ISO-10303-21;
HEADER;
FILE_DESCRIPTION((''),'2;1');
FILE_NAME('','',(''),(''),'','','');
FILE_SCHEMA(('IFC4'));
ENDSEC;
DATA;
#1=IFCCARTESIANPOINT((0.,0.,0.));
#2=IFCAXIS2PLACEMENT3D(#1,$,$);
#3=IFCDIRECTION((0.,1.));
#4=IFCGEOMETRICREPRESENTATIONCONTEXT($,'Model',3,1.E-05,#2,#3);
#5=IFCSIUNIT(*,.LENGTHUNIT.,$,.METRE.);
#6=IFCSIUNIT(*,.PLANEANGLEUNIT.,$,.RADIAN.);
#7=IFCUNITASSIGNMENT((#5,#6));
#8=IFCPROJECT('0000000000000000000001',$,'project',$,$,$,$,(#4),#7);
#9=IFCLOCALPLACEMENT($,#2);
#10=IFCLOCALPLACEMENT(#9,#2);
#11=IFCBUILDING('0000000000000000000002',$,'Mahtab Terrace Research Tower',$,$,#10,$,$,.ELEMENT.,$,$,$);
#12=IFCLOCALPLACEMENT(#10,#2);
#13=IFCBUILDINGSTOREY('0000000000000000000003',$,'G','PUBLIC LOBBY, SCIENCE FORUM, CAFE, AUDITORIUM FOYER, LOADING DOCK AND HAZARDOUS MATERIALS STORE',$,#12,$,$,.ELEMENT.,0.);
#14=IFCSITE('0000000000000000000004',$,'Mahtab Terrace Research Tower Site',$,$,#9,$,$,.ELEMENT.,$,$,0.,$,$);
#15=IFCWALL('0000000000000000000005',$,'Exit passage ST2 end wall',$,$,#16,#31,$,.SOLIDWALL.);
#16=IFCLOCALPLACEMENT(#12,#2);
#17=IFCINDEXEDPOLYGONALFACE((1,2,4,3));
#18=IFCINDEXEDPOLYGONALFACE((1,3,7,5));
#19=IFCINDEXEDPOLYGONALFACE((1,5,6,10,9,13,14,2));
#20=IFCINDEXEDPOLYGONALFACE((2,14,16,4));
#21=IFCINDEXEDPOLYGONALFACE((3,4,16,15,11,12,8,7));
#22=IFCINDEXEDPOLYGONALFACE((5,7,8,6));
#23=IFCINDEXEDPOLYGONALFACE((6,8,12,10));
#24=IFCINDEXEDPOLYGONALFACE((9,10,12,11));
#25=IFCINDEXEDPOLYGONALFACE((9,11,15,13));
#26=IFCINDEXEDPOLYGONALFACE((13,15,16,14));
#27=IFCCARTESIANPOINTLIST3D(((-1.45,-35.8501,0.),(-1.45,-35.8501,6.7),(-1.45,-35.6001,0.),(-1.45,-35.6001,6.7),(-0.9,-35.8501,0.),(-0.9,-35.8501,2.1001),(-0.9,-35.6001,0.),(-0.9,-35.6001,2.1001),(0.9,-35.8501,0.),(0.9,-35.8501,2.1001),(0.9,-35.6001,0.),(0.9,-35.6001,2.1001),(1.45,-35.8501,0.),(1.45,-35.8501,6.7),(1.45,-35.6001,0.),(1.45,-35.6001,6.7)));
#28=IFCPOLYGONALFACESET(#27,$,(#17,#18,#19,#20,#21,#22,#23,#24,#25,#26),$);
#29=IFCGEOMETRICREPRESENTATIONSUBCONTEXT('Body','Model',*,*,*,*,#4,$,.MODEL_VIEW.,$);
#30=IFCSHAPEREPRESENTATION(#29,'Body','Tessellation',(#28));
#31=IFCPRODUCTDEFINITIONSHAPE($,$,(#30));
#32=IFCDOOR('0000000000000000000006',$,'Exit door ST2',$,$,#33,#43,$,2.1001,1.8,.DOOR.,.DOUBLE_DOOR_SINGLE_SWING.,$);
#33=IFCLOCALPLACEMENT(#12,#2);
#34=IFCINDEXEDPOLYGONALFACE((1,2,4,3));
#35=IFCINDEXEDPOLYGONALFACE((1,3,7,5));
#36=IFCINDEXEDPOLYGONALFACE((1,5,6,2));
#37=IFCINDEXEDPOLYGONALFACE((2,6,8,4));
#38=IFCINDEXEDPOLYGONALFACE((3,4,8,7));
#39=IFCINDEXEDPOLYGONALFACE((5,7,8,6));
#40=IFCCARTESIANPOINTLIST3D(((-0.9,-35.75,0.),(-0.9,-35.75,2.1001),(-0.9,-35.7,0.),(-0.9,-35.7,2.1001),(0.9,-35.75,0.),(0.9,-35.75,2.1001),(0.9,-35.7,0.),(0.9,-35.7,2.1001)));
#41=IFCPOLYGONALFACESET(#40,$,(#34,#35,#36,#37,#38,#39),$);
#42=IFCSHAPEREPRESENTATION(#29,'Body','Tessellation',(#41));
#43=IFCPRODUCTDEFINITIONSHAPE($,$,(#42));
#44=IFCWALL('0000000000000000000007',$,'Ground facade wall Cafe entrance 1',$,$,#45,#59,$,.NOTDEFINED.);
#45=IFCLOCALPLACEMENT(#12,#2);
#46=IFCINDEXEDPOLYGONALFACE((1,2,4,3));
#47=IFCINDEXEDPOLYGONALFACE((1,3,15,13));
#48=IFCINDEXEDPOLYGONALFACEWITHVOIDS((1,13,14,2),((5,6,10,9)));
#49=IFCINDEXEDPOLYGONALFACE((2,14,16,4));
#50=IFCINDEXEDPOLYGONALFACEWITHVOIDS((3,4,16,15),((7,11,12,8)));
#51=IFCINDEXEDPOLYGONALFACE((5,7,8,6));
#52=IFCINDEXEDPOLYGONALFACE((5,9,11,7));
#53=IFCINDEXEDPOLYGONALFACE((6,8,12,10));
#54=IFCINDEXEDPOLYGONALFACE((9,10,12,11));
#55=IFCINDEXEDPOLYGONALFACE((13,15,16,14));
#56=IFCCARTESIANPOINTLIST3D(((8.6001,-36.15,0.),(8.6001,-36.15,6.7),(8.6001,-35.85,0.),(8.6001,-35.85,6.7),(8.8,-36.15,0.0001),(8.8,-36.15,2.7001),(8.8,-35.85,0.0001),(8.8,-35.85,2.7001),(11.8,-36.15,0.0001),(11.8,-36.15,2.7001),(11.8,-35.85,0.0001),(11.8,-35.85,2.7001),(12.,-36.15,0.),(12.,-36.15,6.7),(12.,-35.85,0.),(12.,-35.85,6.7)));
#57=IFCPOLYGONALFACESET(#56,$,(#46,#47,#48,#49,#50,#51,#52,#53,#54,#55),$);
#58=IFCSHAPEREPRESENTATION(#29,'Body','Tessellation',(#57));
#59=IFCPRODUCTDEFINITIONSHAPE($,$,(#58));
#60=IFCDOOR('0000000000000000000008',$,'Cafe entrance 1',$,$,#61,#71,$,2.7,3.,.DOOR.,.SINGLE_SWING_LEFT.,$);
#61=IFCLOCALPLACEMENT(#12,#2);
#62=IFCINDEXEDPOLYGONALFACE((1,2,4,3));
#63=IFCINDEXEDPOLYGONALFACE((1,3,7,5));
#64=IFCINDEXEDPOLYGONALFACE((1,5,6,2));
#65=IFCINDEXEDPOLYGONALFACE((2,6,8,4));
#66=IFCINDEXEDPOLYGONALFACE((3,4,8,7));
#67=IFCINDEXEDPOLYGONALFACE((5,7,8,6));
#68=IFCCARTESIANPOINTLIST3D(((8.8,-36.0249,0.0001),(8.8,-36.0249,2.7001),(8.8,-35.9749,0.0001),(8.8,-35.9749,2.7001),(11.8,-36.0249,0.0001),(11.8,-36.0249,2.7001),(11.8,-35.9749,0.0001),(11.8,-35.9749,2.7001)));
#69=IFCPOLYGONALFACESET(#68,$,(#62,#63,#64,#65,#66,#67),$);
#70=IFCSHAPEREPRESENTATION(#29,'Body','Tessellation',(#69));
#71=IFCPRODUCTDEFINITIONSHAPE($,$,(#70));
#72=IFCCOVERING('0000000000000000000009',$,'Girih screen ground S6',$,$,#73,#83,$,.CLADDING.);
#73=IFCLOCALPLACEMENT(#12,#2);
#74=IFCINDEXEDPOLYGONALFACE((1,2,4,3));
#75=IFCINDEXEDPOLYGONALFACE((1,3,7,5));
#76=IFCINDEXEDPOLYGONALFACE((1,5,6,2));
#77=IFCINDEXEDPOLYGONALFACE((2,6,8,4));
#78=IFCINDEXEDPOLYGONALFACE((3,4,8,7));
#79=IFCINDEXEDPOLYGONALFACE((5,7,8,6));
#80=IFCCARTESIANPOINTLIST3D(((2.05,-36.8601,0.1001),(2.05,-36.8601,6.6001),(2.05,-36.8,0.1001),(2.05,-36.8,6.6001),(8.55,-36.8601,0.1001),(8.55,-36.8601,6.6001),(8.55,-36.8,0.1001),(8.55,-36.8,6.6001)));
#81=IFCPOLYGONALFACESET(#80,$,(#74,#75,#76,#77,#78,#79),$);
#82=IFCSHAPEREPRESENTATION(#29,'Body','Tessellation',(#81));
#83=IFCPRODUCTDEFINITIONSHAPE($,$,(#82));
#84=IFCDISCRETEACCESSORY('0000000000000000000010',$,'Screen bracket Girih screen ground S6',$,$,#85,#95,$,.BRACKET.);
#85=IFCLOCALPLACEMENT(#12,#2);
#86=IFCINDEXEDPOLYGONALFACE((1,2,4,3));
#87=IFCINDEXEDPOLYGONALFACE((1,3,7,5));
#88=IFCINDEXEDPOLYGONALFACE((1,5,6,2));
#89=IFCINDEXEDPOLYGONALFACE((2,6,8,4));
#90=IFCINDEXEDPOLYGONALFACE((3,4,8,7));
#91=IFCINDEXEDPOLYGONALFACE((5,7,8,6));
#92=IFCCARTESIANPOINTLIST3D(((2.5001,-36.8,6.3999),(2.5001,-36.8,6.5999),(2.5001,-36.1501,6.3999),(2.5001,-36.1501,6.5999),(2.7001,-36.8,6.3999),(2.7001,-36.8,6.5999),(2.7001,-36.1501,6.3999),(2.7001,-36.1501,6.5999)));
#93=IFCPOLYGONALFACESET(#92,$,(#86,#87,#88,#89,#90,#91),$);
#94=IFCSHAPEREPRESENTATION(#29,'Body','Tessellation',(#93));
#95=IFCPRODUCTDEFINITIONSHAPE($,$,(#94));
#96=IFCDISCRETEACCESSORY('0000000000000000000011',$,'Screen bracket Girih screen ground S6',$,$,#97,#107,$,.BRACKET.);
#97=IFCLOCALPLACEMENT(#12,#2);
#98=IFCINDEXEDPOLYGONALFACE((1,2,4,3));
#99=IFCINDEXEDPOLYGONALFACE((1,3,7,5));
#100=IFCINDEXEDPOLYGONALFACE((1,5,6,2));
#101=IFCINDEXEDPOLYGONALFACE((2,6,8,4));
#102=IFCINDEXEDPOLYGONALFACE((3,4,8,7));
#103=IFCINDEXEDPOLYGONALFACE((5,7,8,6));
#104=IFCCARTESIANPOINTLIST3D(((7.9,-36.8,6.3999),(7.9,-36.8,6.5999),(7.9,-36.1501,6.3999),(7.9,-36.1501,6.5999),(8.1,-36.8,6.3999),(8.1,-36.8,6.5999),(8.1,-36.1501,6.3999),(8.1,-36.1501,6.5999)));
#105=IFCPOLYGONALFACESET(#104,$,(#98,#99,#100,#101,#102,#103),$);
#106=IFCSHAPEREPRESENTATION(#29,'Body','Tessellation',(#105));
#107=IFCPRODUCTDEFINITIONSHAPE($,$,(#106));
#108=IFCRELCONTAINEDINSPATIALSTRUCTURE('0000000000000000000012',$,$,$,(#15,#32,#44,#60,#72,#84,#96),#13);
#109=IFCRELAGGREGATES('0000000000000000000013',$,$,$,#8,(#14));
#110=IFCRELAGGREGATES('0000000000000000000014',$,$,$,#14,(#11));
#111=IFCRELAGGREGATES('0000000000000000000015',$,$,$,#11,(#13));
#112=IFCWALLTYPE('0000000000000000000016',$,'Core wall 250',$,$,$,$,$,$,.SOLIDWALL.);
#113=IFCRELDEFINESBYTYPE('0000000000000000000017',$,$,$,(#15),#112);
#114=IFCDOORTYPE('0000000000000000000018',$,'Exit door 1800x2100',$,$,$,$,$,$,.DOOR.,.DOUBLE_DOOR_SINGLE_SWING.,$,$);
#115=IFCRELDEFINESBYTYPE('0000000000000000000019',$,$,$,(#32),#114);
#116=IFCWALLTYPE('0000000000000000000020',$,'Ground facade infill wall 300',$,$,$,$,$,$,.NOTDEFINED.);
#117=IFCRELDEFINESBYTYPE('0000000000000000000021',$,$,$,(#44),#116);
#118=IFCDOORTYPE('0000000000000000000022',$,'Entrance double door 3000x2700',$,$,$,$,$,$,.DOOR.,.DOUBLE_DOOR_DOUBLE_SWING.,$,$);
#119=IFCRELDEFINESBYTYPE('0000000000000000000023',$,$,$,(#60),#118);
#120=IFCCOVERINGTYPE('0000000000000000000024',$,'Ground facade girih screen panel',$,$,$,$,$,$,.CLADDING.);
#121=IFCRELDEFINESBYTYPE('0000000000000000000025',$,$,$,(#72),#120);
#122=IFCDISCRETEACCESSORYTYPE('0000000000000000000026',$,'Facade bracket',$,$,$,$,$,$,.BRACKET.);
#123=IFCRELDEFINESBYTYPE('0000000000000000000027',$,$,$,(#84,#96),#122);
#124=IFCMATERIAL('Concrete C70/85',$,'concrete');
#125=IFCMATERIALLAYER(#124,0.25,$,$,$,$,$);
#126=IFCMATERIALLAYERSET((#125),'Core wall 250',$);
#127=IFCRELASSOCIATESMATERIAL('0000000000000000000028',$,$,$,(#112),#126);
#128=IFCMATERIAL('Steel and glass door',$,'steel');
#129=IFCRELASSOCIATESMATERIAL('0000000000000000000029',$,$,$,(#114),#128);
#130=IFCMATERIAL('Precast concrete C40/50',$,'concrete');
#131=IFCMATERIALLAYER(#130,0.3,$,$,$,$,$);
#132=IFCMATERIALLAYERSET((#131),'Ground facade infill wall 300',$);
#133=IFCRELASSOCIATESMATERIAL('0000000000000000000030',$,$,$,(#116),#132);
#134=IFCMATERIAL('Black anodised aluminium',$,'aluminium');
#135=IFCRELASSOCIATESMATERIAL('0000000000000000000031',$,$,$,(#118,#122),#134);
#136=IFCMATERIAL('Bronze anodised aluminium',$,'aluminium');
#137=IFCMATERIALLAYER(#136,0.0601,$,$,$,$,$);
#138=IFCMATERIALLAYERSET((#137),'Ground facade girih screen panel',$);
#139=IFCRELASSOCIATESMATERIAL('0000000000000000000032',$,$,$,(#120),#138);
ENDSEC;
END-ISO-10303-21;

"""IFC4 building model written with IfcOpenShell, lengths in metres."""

from ifc_helpers import new_model, si_unit, direction, frame, frame_2d, origin, origin_2d, place, context, subcontext, project, spatial, rectangle, extrude, material, layer, layer_set, type_object, element, fill, save


model = new_model("IFC4")

# Units and contexts
model_context = context("Model", 3, precision=1e-05, world=origin(), true_north=direction((0.0, 1.0)))
body_context = subcontext(model_context, "Body", "Model", "MODEL_VIEW")
ifc_project = project(units=[si_unit("LENGTHUNIT", "METRE"), si_unit("PLANEANGLEUNIT", "RADIAN")], contexts=[model_context])

# Site, building, storey
site_placement = place(None, origin())
site = spatial("IfcSite", under=ifc_project, at=site_placement, Name="Mahtab Terrace Research Tower Site", CompositionType="ELEMENT", RefElevation=0.0)
building_placement = place(site_placement, origin())
building = spatial("IfcBuilding", under=site, at=building_placement, Name="Mahtab Terrace Research Tower", CompositionType="ELEMENT")
storey_placement = place(building_placement, origin())
storey = spatial("IfcBuildingStorey", under=building, at=storey_placement, Name="G", Description="PUBLIC LOBBY, SCIENCE FORUM, CAFE, AUDITORIUM FOYER, LOADING DOCK AND HAZARDOUS MATERIALS STORE", CompositionType="ELEMENT", Elevation=0.0)

# Shared definitions
ifc_material_1 = material(Name="Concrete C70/85", Category="concrete")

# Shared definitions
ifc_layer_1 = layer(ifc_material_1, 0.25)
ifc_layer_set_1 = layer_set([ifc_layer_1], Name="Core wall 250")
wall_type_1 = type_object("IfcWallType", Name="Core wall 250", PredefinedType="SOLIDWALL", material=ifc_layer_set_1)

# Walls, openings, doors
wall_1_placement = place(storey_placement, frame((1.45, -35.7251, 0.0), z_axis=(0.0, 0.0, 1.0), x_axis=(-1.0, 0.0, 0.0)))
wall_1 = element("IfcWall", 1, at=wall_1_placement, inside=storey, type_object=wall_type_1, Name="Exit passage ST2 end wall", PredefinedType="SOLIDWALL", context=body_context, shape_type="SweptSolid", body=[
    extrude(rectangle(XDim=2.8999, YDim=0.25, at=frame_2d((1.45, 0.0))), origin(), (0.0, 0.0, 1.0), 6.7),
])
opening_1_placement = place(wall_1_placement, frame((0.55, 0.0, 0.0)))
opening_1 = element("IfcOpeningElement", 2, at=opening_1_placement, cuts=wall_1, PredefinedType="OPENING", context=body_context, shape_type="SweptSolid", body=[
    extrude(rectangle(XDim=1.8, YDim=2.1001, at=frame_2d((0.8999, 1.05))), frame((0.0, 0.135, 0.0), z_axis=(0.0, -1.0, 0.0), x_axis=(1.0, 0.0, 0.0)), (0.0, 0.0, 1.0), 0.27),
])
ifc_material_2 = material(Name="Steel and glass door", Category="steel")
door_type_1 = type_object("IfcDoorType", Name="Exit door 1800x2100", OperationType="DOUBLE_DOOR_SINGLE_SWING", PredefinedType="DOOR", material=ifc_material_2)
door_1_placement = place(opening_1_placement, origin())
door_1 = element("IfcDoor", 3, at=door_1_placement, inside=storey, type_object=door_type_1, Name="Exit door ST2", OperationType="DOUBLE_DOOR_SINGLE_SWING", OverallHeight=2.1001, OverallWidth=1.8, PredefinedType="DOOR", context=body_context, shape_type="SweptSolid", body=[
    extrude(rectangle(XDim=1.8, YDim=2.1001, at=frame_2d((0.8999, 1.05))), frame((0.0, 0.0249, 0.0), z_axis=(0.0, -1.0, 0.0), x_axis=(1.0, 0.0, 0.0)), (0.0, 0.0, 1.0), 0.05),
])
fill(opening_1, door_1)
ifc_material_3 = material(Name="Precast concrete C40/50", Category="concrete")
ifc_layer_2 = layer(ifc_material_3, 0.3)
ifc_layer_set_2 = layer_set([ifc_layer_2], Name="Ground facade infill wall 300")
wall_type_2 = type_object("IfcWallType", Name="Ground facade infill wall 300", PredefinedType="NOTDEFINED", material=ifc_layer_set_2)
ifc_material_4 = material(Name="Black anodised aluminium", Category="aluminium")
wall_2_placement = place(storey_placement, frame((12.0, -36.0, 0.0), z_axis=(0.0, 0.0, 1.0), x_axis=(-1.0, 0.0, 0.0)))
wall_2 = element("IfcWall", 4, at=wall_2_placement, inside=storey, type_object=wall_type_2, Name="Ground facade wall Cafe entrance 1", PredefinedType="NOTDEFINED", context=body_context, shape_type="SweptSolid", body=[
    extrude(rectangle(XDim=3.3999, YDim=0.3, at=frame_2d((1.7, 0.0))), origin(), (0.0, 0.0, 1.0), 6.7),
])
opening_2_placement = place(wall_2_placement, frame((0.2, 0.0, 0.0)))
opening_2 = element("IfcOpeningElement", 5, at=opening_2_placement, cuts=wall_2, PredefinedType="OPENING", context=body_context, shape_type="SweptSolid", body=[
    extrude(rectangle(XDim=3.0, YDim=2.7, at=frame_2d((1.5, 1.3501))), frame((0.0, 0.1599, 0.0), z_axis=(0.0, -1.0, 0.0), x_axis=(1.0, 0.0, 0.0)), (0.0, 0.0, 1.0), 0.3201),
])
door_type_2 = type_object("IfcDoorType", Name="Entrance double door 3000x2700", OperationType="DOUBLE_DOOR_DOUBLE_SWING", PredefinedType="DOOR", material=ifc_material_4)
door_2_placement = place(opening_2_placement, origin())
door_2 = element("IfcDoor", 6, at=door_2_placement, inside=storey, type_object=door_type_2, Name="Cafe entrance 1", OperationType="SINGLE_SWING_LEFT", OverallHeight=2.7, OverallWidth=3.0, PredefinedType="DOOR", context=body_context, shape_type="SweptSolid", body=[
    extrude(rectangle(XDim=3.0, YDim=2.7, at=frame_2d((1.5, 1.3501))), frame((0.0, 0.0249, 0.0), z_axis=(0.0, -1.0, 0.0), x_axis=(1.0, 0.0, 0.0)), (0.0, 0.0, 1.0), 0.05),
])
fill(opening_2, door_2)

# Covering
ifc_material_5 = material(Name="Bronze anodised aluminium", Category="aluminium")
ifc_layer_3 = layer(ifc_material_5, 0.0601)
ifc_layer_set_3 = layer_set([ifc_layer_3], Name="Ground facade girih screen panel")
covering_type = type_object("IfcCoveringType", Name="Ground facade girih screen panel", PredefinedType="CLADDING", material=ifc_layer_set_3)
covering_placement = place(storey_placement, frame((5.3, -36.8301, 0.1001), z_axis=(0.0, 0.0, 1.0), x_axis=(1.0, 0.0, 0.0)))
element("IfcCovering", 7, at=covering_placement, inside=storey, type_object=covering_type, Name="Girih screen ground S6", PredefinedType="CLADDING", context=body_context, shape_type="SweptSolid", body=[
    extrude(rectangle(XDim=6.5, YDim=0.0601, at=origin_2d()), origin(), (0.0, 0.0, 1.0), 6.5),
])

# Discrete accessories
discrete_accessory_type = type_object("IfcDiscreteAccessoryType", Name="Facade bracket", PredefinedType="BRACKET", material=ifc_material_4)
for number, where, z_axis, x_axis, name in (
    (8, (2.6001, -36.4751, 6.3999), (0.0, 0.0, 1.0), (1.0, 0.0, 0.0), "Screen bracket Girih screen ground S6"),
    (9, (8.0, -36.4751, 6.3999), (0.0, 0.0, 1.0), (1.0, 0.0, 0.0), "Screen bracket Girih screen ground S6"),
):
    element("IfcDiscreteAccessory", number, at=place(storey_placement, frame(where, z_axis=z_axis, x_axis=x_axis)), inside=storey, type_object=discrete_accessory_type, Name=name, PredefinedType="BRACKET", context=body_context, shape_type="SweptSolid", body=[
        extrude(rectangle(XDim=0.2, YDim=0.6499, at=origin_2d()), origin(), (0.0, 0.0, 1.0), 0.2),
    ])

save(model, "model.ifc")
